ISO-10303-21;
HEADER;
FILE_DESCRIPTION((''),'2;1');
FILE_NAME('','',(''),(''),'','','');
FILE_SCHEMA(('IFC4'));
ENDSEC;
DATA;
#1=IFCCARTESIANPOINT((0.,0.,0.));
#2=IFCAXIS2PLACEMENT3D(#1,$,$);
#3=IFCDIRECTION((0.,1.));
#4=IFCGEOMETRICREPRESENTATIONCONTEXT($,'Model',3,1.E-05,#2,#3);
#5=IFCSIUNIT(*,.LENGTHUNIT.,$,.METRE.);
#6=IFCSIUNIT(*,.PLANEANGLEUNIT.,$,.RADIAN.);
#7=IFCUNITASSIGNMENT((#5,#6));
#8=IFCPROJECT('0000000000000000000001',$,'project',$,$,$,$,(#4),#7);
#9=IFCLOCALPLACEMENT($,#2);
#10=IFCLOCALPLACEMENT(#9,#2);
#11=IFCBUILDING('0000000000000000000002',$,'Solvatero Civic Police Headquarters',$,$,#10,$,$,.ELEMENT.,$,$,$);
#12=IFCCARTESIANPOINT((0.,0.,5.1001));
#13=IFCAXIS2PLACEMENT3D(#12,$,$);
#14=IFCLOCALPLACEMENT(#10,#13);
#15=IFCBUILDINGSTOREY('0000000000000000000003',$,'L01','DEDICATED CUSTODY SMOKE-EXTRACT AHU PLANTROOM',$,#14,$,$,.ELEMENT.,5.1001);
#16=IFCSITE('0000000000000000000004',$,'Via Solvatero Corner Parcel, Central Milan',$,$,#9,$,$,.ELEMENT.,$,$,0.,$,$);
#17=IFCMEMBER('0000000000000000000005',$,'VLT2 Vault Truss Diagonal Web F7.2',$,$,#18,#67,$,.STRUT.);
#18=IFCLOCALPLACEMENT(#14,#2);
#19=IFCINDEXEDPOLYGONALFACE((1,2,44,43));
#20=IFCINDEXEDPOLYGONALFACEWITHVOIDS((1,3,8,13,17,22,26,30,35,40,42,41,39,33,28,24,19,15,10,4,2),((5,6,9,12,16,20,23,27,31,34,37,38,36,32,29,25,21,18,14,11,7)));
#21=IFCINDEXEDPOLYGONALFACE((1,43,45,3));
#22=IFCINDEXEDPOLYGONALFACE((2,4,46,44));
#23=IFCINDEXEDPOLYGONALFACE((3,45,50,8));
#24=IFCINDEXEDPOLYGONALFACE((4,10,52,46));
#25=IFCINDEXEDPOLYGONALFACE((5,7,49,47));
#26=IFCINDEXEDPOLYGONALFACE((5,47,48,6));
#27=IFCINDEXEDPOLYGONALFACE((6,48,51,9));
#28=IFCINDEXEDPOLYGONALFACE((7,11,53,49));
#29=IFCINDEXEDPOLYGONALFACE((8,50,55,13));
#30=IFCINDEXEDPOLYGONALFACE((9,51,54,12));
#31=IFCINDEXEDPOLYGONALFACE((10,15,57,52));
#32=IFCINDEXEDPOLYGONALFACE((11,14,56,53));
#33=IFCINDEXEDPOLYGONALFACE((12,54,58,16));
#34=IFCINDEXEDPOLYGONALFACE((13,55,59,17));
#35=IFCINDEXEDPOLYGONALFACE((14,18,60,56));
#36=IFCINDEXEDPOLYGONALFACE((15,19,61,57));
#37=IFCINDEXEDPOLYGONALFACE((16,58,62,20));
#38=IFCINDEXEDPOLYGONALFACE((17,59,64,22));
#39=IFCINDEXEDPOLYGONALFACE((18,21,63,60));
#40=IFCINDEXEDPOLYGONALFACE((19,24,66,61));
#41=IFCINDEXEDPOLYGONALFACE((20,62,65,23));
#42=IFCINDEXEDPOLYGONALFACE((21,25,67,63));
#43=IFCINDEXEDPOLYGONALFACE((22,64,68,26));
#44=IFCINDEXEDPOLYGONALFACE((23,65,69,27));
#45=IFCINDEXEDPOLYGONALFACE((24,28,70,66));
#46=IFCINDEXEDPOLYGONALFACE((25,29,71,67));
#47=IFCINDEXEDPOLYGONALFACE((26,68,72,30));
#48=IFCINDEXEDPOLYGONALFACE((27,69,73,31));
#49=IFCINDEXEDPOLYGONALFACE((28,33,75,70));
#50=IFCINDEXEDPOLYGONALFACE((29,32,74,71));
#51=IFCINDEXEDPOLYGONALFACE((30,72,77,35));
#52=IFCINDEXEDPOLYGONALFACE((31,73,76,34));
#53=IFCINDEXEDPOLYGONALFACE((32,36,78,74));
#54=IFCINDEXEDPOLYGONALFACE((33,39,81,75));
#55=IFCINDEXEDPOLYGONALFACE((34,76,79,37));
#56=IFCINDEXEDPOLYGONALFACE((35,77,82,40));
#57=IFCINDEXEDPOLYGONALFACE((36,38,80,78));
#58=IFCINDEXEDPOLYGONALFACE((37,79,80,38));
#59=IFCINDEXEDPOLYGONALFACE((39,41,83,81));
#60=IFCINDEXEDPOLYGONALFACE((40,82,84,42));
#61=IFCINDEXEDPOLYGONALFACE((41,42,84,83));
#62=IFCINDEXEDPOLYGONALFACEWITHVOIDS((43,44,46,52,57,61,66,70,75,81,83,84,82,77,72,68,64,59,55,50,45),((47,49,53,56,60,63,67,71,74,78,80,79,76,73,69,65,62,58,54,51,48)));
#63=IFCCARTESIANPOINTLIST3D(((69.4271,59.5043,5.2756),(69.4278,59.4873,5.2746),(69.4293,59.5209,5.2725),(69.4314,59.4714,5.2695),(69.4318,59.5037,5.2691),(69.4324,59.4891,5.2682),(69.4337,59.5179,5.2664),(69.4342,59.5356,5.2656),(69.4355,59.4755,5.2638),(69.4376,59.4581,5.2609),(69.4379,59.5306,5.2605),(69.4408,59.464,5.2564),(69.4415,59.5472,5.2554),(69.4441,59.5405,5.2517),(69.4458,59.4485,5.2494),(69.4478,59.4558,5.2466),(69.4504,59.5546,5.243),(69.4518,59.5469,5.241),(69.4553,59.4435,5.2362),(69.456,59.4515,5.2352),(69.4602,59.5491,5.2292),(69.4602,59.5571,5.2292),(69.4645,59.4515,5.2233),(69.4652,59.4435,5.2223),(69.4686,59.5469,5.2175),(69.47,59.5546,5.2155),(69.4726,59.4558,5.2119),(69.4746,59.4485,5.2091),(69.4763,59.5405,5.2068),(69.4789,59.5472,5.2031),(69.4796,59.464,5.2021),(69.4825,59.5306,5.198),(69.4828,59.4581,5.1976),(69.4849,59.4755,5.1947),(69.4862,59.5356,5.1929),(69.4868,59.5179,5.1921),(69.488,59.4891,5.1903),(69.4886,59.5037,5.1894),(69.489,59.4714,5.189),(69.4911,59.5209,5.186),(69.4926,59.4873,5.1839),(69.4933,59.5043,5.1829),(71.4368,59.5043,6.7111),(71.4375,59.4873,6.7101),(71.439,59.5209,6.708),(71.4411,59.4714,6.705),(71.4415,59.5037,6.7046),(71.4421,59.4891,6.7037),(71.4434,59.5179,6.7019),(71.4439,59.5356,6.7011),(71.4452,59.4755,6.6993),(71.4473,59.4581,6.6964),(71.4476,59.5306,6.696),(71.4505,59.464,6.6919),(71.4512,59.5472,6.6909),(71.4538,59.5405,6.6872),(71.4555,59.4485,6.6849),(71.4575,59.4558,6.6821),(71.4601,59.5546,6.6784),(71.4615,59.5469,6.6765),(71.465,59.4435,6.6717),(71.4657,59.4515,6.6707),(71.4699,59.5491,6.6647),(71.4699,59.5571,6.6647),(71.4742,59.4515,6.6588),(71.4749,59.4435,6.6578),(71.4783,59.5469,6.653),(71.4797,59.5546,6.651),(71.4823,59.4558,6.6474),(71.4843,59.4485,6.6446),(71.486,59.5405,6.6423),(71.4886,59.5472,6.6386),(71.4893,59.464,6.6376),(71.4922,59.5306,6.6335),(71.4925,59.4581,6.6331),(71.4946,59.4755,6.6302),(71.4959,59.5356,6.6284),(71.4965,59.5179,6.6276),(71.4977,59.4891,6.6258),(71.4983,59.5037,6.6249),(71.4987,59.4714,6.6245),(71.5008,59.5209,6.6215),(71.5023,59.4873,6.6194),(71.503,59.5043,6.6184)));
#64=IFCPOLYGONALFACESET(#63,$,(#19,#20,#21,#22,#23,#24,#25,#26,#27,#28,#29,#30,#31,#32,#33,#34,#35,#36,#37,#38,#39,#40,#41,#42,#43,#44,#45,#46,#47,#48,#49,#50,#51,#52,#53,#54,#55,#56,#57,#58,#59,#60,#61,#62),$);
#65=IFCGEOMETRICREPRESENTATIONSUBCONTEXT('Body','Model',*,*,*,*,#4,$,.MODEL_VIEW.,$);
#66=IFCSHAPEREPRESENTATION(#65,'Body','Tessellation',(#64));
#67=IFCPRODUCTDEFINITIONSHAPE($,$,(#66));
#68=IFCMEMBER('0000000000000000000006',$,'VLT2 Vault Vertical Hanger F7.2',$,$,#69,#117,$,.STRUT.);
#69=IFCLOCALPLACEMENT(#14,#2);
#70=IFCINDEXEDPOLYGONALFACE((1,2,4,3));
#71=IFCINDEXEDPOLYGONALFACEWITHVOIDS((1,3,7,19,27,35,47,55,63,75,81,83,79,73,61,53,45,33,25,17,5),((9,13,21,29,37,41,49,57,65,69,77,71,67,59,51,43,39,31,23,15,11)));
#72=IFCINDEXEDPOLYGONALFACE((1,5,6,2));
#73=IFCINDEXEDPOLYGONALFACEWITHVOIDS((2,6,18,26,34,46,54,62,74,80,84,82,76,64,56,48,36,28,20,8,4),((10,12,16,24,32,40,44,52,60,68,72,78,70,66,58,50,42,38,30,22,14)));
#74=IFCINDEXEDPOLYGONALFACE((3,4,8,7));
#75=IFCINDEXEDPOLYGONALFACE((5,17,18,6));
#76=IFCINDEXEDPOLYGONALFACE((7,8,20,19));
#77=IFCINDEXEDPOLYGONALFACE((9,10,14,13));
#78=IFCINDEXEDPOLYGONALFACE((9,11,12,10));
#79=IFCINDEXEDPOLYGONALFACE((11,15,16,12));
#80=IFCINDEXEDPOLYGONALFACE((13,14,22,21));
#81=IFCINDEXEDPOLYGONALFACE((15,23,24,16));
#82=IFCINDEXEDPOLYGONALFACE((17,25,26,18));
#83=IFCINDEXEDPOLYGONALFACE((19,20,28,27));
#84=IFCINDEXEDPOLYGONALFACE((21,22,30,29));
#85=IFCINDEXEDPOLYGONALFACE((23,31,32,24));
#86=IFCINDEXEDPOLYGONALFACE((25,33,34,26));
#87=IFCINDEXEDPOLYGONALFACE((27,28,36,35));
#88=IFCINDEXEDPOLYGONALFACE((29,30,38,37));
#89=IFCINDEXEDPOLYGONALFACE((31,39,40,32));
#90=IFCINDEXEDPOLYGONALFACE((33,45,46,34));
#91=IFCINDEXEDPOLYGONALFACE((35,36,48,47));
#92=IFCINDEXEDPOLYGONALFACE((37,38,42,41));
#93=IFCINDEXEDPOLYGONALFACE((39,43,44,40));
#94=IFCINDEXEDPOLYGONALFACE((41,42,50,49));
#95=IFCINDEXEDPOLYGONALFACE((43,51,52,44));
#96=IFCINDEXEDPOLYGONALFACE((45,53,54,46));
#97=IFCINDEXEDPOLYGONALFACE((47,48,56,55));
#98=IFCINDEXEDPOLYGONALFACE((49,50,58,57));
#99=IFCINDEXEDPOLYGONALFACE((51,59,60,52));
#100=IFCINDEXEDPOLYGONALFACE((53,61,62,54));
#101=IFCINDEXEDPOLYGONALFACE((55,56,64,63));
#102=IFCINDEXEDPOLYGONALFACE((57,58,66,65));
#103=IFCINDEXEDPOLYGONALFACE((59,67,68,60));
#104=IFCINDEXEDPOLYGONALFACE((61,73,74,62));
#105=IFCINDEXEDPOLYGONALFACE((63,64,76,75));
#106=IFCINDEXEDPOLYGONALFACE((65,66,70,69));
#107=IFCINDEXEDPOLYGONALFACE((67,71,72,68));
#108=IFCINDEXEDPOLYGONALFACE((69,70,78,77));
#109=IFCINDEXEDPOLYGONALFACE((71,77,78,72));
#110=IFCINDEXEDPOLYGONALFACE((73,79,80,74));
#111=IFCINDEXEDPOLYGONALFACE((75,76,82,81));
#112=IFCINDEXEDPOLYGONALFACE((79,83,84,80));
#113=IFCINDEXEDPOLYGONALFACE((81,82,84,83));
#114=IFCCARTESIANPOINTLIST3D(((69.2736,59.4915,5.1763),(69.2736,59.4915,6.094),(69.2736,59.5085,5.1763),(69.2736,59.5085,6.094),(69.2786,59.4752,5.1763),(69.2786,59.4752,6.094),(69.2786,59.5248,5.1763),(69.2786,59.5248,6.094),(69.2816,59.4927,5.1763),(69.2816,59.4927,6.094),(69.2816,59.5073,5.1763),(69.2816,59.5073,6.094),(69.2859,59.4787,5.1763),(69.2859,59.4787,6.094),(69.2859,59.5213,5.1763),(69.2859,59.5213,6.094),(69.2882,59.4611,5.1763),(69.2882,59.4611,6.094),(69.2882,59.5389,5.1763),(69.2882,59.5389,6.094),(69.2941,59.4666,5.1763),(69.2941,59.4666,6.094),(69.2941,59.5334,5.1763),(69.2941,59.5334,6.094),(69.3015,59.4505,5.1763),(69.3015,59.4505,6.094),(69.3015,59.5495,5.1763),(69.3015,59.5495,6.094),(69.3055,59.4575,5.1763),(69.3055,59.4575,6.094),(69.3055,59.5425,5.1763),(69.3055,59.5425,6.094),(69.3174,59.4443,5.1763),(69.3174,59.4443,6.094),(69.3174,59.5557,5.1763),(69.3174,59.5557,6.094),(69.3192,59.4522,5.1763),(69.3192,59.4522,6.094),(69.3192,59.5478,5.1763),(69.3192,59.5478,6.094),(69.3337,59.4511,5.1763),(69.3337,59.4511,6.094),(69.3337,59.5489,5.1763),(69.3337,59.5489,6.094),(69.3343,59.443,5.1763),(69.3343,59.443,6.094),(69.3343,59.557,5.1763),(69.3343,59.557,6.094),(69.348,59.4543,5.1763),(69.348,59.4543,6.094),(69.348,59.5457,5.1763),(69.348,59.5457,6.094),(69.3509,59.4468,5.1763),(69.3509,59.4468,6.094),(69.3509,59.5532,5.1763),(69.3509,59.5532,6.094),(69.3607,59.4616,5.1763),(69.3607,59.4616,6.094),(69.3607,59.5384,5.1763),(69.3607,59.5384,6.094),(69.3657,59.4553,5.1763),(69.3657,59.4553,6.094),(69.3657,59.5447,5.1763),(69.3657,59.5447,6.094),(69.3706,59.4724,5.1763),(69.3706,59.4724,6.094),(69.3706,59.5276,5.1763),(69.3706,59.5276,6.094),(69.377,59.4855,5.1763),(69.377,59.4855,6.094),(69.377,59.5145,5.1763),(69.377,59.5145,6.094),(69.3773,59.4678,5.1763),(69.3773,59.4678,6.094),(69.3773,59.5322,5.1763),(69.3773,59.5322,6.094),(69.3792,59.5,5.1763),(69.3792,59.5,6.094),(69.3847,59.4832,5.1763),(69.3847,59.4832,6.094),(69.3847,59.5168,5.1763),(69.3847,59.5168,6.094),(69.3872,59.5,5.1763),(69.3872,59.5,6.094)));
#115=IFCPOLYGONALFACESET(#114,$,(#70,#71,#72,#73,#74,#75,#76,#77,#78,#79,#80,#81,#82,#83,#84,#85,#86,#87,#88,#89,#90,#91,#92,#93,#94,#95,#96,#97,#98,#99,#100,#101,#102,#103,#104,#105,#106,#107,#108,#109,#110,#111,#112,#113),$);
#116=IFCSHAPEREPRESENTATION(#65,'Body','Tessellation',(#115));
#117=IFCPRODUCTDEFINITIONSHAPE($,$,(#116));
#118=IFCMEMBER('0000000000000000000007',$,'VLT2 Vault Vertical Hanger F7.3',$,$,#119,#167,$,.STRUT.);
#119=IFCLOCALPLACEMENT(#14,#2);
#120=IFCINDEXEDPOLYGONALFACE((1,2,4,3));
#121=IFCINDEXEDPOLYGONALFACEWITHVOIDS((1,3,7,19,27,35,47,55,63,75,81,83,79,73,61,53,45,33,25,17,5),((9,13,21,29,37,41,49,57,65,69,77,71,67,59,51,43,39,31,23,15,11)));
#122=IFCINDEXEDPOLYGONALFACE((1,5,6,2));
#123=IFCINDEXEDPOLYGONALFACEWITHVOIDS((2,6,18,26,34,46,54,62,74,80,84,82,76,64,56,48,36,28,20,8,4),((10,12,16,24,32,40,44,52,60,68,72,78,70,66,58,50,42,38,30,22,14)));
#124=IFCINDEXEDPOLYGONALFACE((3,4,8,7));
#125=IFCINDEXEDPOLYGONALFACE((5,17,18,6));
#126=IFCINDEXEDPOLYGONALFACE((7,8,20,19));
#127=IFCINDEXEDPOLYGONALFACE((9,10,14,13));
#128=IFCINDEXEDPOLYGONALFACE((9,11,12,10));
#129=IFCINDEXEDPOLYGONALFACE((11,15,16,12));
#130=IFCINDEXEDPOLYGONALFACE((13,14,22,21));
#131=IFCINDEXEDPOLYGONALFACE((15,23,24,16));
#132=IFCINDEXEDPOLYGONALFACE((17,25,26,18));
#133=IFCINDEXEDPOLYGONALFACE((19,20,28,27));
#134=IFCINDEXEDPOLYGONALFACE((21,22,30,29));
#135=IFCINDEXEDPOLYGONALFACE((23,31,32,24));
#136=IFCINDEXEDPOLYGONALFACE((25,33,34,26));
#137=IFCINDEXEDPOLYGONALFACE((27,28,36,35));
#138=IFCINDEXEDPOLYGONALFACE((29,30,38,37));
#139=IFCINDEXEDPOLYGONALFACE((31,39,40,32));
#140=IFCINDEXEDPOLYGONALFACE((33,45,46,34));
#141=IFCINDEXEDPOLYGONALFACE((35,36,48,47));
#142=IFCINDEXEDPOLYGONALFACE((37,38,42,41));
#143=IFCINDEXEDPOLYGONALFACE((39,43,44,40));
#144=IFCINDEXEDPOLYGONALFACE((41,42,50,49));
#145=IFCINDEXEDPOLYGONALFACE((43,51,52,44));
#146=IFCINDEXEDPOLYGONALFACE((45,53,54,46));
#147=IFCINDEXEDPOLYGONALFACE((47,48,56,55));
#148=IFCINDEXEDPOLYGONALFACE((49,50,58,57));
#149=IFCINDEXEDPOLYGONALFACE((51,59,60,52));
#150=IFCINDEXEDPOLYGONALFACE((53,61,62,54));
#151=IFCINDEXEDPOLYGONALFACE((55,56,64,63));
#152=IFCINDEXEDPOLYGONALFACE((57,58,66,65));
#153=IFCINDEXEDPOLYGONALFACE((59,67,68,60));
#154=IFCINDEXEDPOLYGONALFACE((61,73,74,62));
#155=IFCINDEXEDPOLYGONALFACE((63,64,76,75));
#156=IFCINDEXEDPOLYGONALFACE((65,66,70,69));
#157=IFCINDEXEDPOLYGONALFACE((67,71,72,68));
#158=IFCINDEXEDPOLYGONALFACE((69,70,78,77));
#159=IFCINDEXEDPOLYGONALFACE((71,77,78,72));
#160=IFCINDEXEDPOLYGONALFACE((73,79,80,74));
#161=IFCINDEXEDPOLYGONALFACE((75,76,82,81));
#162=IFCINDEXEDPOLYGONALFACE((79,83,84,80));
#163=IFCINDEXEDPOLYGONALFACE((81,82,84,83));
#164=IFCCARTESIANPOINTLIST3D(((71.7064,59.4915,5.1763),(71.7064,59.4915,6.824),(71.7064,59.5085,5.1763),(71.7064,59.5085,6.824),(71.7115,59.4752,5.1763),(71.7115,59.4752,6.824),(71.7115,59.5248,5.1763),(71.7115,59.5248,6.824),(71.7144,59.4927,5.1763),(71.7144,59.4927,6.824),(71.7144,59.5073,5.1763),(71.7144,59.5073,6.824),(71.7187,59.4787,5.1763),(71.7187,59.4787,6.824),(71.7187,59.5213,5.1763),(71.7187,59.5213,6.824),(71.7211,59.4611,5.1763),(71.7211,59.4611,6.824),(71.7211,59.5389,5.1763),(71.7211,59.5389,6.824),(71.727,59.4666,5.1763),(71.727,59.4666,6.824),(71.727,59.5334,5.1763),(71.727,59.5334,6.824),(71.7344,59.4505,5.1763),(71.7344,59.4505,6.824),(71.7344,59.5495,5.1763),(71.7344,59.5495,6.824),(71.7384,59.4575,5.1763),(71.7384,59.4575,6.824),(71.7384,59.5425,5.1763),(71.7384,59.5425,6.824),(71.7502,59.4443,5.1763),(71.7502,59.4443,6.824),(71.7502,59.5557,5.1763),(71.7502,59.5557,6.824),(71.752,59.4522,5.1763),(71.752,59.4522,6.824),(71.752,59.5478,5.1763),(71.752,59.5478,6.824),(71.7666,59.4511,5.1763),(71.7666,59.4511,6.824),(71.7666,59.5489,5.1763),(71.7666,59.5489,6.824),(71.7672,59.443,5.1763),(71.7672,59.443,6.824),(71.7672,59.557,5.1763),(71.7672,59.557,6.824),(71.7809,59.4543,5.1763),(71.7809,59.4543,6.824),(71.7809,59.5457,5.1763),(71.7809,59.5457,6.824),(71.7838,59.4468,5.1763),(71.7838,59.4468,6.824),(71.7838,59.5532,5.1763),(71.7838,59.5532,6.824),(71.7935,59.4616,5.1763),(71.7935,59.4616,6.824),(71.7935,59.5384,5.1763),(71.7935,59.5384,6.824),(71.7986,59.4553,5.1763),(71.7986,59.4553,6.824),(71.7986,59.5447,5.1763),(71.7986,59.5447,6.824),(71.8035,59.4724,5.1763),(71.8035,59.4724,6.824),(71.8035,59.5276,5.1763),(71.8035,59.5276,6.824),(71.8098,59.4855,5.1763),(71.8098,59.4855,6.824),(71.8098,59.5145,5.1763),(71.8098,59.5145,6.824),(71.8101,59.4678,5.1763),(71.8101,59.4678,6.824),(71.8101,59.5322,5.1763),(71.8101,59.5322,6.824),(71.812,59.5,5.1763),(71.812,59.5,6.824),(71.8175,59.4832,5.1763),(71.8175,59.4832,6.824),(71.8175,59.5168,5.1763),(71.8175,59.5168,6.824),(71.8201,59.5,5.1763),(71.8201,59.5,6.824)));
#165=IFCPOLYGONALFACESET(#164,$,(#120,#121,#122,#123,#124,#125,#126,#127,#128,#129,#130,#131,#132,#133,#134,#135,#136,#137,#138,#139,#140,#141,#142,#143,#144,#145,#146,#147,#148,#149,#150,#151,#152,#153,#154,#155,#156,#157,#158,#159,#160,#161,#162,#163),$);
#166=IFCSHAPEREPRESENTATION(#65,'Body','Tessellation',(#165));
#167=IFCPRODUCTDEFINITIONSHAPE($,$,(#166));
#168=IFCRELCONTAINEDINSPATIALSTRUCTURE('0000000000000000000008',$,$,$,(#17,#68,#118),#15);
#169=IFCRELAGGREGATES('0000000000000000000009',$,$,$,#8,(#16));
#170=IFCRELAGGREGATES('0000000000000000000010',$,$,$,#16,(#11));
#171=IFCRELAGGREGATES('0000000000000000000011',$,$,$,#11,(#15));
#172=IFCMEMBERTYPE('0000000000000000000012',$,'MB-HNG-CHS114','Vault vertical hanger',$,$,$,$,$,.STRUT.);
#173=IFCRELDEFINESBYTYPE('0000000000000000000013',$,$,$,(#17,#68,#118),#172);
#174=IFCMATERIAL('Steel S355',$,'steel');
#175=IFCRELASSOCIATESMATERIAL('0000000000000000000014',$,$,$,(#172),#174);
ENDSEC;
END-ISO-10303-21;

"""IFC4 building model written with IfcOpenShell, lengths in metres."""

from ifc_helpers import new_model, si_unit, direction, frame, origin, origin_2d, place, context, subcontext, project, spatial, hollow_circle, extrude, material, material_profile, profile_set, type_object, element, save


model = new_model("IFC4")

# Units and contexts
model_context = context("Model", 3, precision=1e-05, world=origin(), true_north=direction((0.0, 1.0)))
body_context = subcontext(model_context, "Body", "Model", "MODEL_VIEW")
ifc_project = project(units=[si_unit("LENGTHUNIT", "METRE"), si_unit("PLANEANGLEUNIT", "RADIAN")], contexts=[model_context])

# Site, building, storey
site_placement = place(None, origin())
site = spatial("IfcSite", under=ifc_project, at=site_placement, Name="Via Solvatero Corner Parcel, Central Milan", CompositionType="ELEMENT", RefElevation=0.0)
building_placement = place(site_placement, origin())
building = spatial("IfcBuilding", under=site, at=building_placement, Name="Solvatero Civic Police Headquarters", CompositionType="ELEMENT")
storey_placement = place(building_placement, frame((0.0, 0.0, 5.1001)))
storey = spatial("IfcBuildingStorey", under=building, at=storey_placement, Name="L01", Description="DEDICATED CUSTODY SMOKE-EXTRACT AHU PLANTROOM", CompositionType="ELEMENT", Elevation=5.1001)

# Shared definitions
ifc_material_1 = material(Name="Steel S355", Category="steel")

# Members
ifc_material_profile_1 = material_profile(ifc_material_1, hollow_circle(Radius=0.0571, WallThickness=0.0081, at=origin_2d()), Name="CHS 114.3x8.0")
ifc_profile_set_1 = profile_set([ifc_material_profile_1], Name="Steel S355")
member_type_1 = type_object("IfcMemberType", Name="MB-HNG-CHS114", Description="Vault vertical hanger", PredefinedType="STRUT", material=ifc_profile_set_1)
member_1_placement = place(storey_placement, frame((69.4602, 59.5, 5.2292), z_axis=(0.813733, 0.0, 0.581238), x_axis=(0.0, 1.0, 0.0)))
element("IfcMember", 1, at=member_1_placement, inside=storey, type_object=member_type_1, Name="VLT2 Vault Truss Diagonal Web F7.2", PredefinedType="STRUT", context=body_context, shape_type="SweptSolid", body=[
    extrude(hollow_circle(Radius=0.0571, WallThickness=0.0081, at=origin_2d()), origin(), (0.0, 0.0, 1.0), 2.4697),
])
member_2_placement = place(storey_placement, frame((69.3301, 59.5, 5.1763), z_axis=(0.0, 0.0, 1.0), x_axis=(1.0, 0.0, 0.0)))
element("IfcMember", 2, at=member_2_placement, inside=storey, type_object=member_type_1, Name="VLT2 Vault Vertical Hanger F7.2", PredefinedType="STRUT", context=body_context, shape_type="SweptSolid", body=[
    extrude(hollow_circle(Radius=0.0571, WallThickness=0.0081, at=origin_2d()), origin(), (0.0, 0.0, 1.0), 0.9177),
])
member_3_placement = place(storey_placement, frame((71.7629, 59.5, 5.1763), z_axis=(0.0, 0.0, 1.0), x_axis=(1.0, 0.0, 0.0)))
element("IfcMember", 3, at=member_3_placement, inside=storey, type_object=member_type_1, Name="VLT2 Vault Vertical Hanger F7.3", PredefinedType="STRUT", context=body_context, shape_type="SweptSolid", body=[
    extrude(hollow_circle(Radius=0.0571, WallThickness=0.0081, at=origin_2d()), origin(), (0.0, 0.0, 1.0), 1.6477),
])

save(model, "model.ifc")
